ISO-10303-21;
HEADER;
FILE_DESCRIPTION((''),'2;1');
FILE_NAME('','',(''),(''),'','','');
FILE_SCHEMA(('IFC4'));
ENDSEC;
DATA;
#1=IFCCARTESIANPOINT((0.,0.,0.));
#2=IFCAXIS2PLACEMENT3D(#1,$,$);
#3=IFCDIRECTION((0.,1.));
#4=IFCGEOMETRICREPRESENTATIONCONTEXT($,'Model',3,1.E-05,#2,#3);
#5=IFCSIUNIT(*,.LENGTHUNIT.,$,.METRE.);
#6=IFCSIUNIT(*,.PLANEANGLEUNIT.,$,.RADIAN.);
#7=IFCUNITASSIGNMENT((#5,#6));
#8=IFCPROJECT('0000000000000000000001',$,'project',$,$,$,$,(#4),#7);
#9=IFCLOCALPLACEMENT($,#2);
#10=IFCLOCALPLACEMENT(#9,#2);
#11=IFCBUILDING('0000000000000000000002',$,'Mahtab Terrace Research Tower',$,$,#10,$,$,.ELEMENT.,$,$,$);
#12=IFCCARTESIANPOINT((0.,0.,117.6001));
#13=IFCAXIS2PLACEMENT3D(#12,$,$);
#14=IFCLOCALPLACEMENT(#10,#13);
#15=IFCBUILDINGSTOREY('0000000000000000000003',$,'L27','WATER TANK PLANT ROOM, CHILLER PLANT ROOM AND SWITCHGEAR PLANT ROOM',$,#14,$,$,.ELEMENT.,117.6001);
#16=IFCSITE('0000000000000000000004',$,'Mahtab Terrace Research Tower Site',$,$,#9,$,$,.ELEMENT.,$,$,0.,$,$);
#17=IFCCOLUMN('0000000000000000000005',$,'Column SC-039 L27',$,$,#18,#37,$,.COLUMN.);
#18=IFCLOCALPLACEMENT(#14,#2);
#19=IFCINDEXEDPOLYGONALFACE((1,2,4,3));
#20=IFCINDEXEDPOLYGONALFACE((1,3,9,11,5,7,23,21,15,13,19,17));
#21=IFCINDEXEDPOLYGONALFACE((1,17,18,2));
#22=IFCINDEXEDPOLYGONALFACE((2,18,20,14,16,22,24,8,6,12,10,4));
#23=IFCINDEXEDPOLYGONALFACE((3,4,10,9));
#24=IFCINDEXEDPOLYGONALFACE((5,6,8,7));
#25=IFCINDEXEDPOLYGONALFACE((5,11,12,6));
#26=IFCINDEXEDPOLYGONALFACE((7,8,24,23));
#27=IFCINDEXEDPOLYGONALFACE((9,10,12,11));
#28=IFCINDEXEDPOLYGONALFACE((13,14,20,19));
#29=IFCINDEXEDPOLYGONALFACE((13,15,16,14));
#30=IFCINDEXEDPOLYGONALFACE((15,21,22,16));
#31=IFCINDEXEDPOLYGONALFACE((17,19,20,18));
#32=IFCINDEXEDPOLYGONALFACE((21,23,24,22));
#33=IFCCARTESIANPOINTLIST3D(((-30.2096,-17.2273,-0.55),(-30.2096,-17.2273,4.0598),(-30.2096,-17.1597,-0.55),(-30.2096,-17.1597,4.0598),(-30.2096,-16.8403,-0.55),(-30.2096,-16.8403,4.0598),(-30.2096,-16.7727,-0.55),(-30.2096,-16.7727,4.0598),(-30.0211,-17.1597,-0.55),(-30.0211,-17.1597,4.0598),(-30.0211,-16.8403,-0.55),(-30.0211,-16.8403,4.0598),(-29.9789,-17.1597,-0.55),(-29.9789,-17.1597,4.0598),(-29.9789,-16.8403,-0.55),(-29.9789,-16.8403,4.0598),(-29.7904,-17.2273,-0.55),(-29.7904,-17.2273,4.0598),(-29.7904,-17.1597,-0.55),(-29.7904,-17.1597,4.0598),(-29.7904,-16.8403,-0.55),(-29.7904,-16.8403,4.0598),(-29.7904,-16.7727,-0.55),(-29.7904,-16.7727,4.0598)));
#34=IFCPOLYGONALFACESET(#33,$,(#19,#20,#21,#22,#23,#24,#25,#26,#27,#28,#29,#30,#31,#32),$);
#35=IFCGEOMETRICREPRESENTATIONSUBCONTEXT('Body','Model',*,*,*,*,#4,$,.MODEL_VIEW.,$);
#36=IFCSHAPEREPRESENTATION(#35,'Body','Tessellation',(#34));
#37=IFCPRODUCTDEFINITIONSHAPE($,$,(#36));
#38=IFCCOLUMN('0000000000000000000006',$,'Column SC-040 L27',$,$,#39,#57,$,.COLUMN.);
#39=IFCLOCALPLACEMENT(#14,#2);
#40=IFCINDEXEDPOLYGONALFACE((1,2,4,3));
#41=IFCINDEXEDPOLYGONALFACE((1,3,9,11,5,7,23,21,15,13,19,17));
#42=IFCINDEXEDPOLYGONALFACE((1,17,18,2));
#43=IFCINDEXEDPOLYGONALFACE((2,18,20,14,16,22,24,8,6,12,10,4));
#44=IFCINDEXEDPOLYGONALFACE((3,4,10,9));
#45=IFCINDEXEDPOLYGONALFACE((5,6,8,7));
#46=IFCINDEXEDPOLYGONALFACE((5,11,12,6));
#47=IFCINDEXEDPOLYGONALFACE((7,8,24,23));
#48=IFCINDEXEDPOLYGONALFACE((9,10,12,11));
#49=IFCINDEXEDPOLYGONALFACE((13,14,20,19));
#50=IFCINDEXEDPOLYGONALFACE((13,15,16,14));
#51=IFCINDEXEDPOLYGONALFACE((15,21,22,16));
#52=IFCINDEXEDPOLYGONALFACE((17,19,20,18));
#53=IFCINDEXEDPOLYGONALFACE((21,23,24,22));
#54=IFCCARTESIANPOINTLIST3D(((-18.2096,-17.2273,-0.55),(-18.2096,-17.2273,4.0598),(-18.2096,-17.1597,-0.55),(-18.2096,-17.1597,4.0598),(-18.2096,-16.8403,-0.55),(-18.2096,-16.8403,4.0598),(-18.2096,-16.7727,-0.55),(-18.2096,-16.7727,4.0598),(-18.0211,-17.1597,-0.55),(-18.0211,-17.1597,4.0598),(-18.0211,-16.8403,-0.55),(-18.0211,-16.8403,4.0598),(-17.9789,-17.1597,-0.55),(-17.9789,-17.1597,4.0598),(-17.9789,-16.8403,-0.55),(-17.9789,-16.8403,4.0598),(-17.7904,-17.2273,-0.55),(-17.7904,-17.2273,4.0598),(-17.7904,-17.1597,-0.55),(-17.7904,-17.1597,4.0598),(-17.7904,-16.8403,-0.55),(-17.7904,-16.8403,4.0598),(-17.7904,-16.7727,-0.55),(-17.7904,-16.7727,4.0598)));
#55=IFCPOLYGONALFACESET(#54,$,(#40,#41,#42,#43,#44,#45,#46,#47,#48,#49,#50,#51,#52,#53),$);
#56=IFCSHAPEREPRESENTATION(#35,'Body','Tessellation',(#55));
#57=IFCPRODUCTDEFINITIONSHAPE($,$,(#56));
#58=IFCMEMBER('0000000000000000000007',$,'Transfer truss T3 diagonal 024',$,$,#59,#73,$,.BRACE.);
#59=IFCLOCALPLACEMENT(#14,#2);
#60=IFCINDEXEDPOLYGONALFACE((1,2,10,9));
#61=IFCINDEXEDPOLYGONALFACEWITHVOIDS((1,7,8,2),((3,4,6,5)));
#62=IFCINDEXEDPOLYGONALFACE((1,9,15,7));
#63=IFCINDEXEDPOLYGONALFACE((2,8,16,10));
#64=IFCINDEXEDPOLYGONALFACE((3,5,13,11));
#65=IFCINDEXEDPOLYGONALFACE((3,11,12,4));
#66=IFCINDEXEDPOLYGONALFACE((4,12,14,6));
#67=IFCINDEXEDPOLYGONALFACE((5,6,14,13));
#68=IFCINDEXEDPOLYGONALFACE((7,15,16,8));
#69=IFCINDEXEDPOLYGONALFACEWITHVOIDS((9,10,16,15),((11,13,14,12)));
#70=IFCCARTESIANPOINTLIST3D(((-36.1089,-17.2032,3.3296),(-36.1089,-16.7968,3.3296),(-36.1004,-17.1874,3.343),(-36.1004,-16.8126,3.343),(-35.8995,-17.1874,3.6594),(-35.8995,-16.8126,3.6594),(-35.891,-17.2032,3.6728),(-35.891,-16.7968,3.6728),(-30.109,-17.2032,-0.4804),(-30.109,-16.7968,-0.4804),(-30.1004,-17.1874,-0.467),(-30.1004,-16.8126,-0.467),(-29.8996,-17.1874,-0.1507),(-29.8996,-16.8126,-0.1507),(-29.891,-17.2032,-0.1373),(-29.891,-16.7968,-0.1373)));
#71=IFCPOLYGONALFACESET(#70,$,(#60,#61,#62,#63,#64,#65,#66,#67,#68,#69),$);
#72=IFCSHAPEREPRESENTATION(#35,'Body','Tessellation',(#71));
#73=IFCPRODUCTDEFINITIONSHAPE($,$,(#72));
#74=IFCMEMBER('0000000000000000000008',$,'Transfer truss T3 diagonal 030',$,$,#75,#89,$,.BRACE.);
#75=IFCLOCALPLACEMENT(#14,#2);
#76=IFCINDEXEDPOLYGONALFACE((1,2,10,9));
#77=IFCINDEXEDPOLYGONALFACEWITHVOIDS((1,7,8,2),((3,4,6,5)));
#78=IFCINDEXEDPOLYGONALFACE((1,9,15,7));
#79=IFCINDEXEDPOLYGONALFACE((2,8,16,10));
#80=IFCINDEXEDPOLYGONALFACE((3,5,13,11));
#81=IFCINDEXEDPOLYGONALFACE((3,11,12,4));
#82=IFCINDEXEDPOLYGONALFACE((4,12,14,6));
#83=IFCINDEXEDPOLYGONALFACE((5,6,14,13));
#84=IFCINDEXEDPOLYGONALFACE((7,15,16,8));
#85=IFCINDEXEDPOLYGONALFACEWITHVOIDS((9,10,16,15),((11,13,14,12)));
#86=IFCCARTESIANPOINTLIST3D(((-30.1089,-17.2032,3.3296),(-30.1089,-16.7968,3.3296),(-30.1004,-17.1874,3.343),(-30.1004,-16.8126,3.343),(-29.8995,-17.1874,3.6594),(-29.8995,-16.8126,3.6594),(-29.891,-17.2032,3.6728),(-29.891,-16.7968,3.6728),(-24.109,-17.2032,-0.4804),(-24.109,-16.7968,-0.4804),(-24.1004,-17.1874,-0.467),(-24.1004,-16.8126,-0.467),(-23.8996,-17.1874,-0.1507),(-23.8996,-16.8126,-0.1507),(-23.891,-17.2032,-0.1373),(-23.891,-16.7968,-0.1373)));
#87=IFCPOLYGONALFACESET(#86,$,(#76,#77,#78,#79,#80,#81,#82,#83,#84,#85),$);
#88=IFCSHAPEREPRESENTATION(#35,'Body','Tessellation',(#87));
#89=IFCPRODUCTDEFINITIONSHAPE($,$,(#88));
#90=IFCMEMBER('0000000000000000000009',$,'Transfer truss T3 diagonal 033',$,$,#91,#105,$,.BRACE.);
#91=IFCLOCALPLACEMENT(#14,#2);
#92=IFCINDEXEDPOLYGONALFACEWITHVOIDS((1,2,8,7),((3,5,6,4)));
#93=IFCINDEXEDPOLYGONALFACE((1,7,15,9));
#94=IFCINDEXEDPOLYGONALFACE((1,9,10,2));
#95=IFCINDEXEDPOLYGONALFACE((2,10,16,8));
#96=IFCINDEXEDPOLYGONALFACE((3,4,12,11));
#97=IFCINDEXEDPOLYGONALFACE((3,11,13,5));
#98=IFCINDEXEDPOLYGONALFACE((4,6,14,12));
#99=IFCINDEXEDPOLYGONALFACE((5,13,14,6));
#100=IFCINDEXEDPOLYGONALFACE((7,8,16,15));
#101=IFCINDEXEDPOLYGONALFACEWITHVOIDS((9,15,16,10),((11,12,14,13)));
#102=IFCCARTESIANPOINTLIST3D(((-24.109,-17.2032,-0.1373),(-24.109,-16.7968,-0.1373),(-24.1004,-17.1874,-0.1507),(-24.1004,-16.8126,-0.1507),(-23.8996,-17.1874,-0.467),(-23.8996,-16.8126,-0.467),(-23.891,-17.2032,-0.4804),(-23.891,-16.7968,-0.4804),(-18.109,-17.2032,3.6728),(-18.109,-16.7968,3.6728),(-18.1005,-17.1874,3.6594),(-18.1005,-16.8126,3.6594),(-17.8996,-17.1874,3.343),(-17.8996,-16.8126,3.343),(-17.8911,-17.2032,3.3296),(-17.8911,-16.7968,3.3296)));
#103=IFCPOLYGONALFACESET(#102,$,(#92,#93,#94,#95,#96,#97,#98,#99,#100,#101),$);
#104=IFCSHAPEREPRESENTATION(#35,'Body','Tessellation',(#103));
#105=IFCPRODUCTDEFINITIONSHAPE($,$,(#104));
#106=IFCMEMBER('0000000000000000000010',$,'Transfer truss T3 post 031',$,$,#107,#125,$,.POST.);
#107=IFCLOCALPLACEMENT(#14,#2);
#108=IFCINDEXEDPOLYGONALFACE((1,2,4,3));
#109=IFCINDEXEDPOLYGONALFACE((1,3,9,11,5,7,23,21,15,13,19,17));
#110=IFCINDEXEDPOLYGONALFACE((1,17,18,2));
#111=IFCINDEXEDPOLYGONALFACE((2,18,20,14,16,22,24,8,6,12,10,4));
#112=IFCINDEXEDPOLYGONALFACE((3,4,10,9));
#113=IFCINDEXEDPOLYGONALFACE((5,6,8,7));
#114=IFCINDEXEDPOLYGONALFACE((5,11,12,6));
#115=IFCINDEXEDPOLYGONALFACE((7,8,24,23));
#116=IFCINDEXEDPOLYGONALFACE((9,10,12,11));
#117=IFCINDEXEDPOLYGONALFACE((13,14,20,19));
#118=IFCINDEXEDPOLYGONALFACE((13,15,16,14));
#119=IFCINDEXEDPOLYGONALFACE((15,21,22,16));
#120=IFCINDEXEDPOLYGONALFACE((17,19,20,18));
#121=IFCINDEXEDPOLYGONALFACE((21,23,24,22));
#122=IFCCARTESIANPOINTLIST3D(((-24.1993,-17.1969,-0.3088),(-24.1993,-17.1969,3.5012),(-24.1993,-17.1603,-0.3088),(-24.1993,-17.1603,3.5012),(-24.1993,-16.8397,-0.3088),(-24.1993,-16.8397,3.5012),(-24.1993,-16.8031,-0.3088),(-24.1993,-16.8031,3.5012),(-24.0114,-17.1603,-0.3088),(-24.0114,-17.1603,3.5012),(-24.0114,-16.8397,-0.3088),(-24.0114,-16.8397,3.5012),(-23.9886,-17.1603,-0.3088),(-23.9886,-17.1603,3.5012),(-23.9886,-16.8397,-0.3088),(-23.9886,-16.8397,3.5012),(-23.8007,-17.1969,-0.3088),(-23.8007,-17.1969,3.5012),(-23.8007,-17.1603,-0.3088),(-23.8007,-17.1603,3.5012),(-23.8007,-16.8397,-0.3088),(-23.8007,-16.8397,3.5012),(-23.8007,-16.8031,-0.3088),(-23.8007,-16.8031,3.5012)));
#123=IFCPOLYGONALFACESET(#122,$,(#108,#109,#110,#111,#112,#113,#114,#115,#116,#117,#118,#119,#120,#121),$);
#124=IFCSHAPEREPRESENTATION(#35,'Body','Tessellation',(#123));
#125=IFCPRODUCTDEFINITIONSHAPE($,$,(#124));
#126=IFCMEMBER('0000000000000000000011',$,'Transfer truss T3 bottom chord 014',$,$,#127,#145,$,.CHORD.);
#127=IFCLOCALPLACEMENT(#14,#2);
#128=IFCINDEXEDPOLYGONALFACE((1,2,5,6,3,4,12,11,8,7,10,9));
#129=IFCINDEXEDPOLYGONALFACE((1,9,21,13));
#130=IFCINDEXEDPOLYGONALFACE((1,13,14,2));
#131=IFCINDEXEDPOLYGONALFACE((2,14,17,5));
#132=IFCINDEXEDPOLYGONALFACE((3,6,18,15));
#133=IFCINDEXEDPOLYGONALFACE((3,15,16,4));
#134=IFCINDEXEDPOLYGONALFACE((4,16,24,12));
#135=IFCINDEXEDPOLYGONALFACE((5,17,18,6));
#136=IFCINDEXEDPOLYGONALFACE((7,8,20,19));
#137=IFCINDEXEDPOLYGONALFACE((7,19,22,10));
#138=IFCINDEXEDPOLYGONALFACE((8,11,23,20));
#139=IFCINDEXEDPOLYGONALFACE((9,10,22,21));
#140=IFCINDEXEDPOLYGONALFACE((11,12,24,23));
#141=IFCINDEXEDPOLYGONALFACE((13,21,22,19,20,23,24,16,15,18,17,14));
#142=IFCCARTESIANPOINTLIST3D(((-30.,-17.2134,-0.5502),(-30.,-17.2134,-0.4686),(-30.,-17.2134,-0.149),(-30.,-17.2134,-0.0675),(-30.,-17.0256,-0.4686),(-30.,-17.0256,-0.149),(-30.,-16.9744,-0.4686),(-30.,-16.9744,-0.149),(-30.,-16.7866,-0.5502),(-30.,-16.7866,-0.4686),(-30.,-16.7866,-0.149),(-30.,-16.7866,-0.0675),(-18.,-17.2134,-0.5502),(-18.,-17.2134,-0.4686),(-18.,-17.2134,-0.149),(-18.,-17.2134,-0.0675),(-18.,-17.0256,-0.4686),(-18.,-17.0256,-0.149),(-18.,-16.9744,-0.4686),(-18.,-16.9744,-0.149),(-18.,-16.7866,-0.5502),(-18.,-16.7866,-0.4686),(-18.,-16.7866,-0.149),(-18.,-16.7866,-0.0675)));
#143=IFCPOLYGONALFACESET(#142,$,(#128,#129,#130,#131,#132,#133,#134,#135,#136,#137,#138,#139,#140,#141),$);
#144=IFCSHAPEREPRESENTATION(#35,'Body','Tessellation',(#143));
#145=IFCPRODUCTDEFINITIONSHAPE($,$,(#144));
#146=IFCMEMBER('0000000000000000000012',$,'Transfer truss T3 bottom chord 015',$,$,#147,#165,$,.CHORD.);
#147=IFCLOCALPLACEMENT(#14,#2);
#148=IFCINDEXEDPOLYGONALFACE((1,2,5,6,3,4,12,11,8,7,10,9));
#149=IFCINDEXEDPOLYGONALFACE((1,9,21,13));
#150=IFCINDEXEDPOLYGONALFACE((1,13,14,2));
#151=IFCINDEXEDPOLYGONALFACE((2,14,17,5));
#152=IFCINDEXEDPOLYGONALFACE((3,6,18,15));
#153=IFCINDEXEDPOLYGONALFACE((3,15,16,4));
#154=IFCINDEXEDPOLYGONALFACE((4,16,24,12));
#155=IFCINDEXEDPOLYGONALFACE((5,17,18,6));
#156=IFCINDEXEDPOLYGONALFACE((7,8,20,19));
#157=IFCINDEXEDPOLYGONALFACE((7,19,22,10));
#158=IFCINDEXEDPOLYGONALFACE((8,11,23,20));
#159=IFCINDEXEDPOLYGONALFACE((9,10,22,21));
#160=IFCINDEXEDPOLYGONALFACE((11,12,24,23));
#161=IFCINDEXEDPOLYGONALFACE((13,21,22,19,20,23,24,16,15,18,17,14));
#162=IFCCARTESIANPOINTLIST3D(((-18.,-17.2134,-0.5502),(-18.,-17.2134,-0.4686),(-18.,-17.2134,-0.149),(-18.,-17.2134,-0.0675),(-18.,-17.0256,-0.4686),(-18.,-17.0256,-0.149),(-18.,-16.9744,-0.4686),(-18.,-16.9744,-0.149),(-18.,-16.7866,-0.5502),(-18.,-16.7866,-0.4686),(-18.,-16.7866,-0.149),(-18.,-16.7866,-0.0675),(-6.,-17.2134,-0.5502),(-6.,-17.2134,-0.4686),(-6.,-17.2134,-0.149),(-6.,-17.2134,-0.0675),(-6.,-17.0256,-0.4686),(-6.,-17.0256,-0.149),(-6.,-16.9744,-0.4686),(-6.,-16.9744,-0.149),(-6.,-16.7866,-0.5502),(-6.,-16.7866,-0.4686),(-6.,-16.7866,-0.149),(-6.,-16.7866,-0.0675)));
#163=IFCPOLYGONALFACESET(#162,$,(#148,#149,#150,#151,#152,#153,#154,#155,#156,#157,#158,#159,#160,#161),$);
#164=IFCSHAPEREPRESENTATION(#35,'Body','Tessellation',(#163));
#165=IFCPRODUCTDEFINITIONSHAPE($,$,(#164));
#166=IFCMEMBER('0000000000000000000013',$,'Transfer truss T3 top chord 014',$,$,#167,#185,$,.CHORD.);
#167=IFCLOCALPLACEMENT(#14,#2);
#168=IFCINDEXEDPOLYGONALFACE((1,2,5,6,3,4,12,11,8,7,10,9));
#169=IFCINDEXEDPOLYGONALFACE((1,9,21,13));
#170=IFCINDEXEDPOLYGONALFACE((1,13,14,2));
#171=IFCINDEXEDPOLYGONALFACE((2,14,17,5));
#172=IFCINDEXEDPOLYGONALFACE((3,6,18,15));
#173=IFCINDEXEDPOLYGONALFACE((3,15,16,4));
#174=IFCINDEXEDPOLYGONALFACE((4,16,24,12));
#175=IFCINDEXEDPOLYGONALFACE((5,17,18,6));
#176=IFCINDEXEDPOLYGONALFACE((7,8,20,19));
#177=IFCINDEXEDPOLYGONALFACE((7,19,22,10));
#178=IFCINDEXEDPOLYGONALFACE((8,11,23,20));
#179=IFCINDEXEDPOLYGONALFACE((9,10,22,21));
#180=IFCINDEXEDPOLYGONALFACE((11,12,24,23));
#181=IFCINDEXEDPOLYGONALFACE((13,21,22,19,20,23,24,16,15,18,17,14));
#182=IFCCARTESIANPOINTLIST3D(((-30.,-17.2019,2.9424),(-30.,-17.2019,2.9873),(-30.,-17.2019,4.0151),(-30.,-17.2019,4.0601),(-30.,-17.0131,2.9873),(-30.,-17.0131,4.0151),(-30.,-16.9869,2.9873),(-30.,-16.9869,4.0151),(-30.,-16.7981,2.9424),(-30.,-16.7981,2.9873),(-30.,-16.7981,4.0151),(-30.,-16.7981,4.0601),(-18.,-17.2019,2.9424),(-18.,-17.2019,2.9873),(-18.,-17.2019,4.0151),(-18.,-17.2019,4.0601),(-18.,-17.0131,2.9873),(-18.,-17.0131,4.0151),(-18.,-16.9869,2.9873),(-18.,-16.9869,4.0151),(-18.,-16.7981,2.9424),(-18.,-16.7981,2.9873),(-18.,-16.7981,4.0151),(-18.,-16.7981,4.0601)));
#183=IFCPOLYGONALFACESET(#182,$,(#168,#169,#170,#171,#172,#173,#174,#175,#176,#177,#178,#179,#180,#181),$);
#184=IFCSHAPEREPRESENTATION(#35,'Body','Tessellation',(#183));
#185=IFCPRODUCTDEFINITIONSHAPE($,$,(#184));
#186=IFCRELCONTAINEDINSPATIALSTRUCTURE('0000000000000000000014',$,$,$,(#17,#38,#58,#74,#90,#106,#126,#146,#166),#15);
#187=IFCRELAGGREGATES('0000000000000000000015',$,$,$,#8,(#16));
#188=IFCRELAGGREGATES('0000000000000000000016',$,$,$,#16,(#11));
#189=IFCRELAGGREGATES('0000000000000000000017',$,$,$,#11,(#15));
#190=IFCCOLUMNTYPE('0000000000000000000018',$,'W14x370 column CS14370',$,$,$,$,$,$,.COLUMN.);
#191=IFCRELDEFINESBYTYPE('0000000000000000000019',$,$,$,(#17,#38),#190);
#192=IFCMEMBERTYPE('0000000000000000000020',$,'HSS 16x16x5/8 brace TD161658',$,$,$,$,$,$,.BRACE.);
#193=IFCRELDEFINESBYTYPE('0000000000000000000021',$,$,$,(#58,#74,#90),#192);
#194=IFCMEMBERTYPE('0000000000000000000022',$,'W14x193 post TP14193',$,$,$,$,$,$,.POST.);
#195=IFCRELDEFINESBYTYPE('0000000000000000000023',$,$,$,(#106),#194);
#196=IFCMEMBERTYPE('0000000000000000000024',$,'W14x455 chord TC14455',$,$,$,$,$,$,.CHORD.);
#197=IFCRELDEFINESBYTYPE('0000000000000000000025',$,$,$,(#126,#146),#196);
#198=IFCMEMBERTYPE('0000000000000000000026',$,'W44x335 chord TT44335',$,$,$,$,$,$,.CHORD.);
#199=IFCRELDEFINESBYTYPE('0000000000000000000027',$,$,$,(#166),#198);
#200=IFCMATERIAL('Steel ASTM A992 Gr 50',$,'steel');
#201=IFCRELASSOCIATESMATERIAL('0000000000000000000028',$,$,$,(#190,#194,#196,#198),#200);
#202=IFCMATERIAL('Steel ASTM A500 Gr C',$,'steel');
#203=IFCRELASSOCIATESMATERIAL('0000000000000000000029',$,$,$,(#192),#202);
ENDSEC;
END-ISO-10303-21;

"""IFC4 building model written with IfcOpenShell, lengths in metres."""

from ifc_helpers import new_model, si_unit, direction, frame, origin, origin_2d, place, context, subcontext, project, spatial, hollow_rectangle, i_section, extrude, material, material_profile, profile_set, type_object, element, save


model = new_model("IFC4")

# Units and contexts
model_context = context("Model", 3, precision=1e-05, world=origin(), true_north=direction((0.0, 1.0)))
body_context = subcontext(model_context, "Body", "Model", "MODEL_VIEW")
ifc_project = project(units=[si_unit("LENGTHUNIT", "METRE"), si_unit("PLANEANGLEUNIT", "RADIAN")], contexts=[model_context])

# Site, building, storey
site_placement = place(None, origin())
site = spatial("IfcSite", under=ifc_project, at=site_placement, Name="Mahtab Terrace Research Tower Site", CompositionType="ELEMENT", RefElevation=0.0)
building_placement = place(site_placement, origin())
building = spatial("IfcBuilding", under=site, at=building_placement, Name="Mahtab Terrace Research Tower", CompositionType="ELEMENT")
storey_placement = place(building_placement, frame((0.0, 0.0, 117.6001)))
storey = spatial("IfcBuildingStorey", under=building, at=storey_placement, Name="L27", Description="WATER TANK PLANT ROOM, CHILLER PLANT ROOM AND SWITCHGEAR PLANT ROOM", CompositionType="ELEMENT", Elevation=117.6001)

# Columns
ifc_material_1 = material(Name="Steel ASTM A992 Gr 50", Category="steel")
ifc_material_profile_1 = material_profile(ifc_material_1, i_section(OverallWidth=0.4192, OverallDepth=0.4546, WebThickness=0.0422, FlangeThickness=0.0676, at=origin_2d()), Name="W14X370")
ifc_profile_set_1 = profile_set([ifc_material_profile_1], Name="Steel ASTM A992 Gr 50")
column_type = type_object("IfcColumnType", Name="W14x370 column CS14370", PredefinedType="COLUMN", material=ifc_profile_set_1)
for number, where, z_axis, x_axis, name in (
    (1, (-30.0, -17.0, -0.55), (0.0, 0.0, 1.0), (1.0, 0.0, 0.0), "Column SC-039 L27"),
    (2, (-18.0, -17.0, -0.55), (0.0, 0.0, 1.0), (1.0, 0.0, 0.0), "Column SC-040 L27"),
):
    element("IfcColumn", number, at=place(storey_placement, frame(where, z_axis=z_axis, x_axis=x_axis)), inside=storey, type_object=column_type, Name=name, PredefinedType="COLUMN", context=body_context, shape_type="SweptSolid", body=[
        extrude(i_section(OverallWidth=0.4192, OverallDepth=0.4546, WebThickness=0.0422, FlangeThickness=0.0676, at=origin_2d()), origin(), (0.0, 0.0, 1.0), 4.6099),
    ])

# Members
ifc_material_2 = material(Name="Steel ASTM A500 Gr C", Category="steel")
ifc_material_profile_2 = material_profile(ifc_material_2, hollow_rectangle(XDim=0.4065, YDim=0.4065, WallThickness=0.0159, at=origin_2d()), Name="HSS16X16X5/8")
ifc_profile_set_2 = profile_set([ifc_material_profile_2], Name="Steel ASTM A500 Gr C")
member_type_1 = type_object("IfcMemberType", Name="HSS 16x16x5/8 brace TD161658", PredefinedType="BRACE", material=ifc_profile_set_2)
for number, where, z_axis, x_axis, name in (
    (3, (-30.0, -17.0, -0.3088), (-0.844179, 0.0, 0.536062), (0.0, -1.0, 0.0), "Transfer truss T3 diagonal 024"),
    (4, (-24.0, -17.0, -0.3088), (-0.844179, 0.0, 0.536062), (0.0, -1.0, 0.0), "Transfer truss T3 diagonal 030"),
    (5, (-24.0, -17.0, -0.3088), (0.844179, 0.0, 0.536062), (0.0, 1.0, 0.0), "Transfer truss T3 diagonal 033"),
):
    element("IfcMember", number, at=place(storey_placement, frame(where, z_axis=z_axis, x_axis=x_axis)), inside=storey, type_object=member_type_1, Name=name, PredefinedType="BRACE", context=body_context, shape_type="SweptSolid", body=[
        extrude(hollow_rectangle(XDim=0.4065, YDim=0.4065, WallThickness=0.0159, at=origin_2d()), origin(), (0.0, 0.0, 1.0), 7.1074),
    ])
ifc_material_profile_3 = material_profile(ifc_material_1, i_section(OverallWidth=0.3987, OverallDepth=0.3938, WebThickness=0.0227, FlangeThickness=0.0366, at=origin_2d()), Name="W14X193")
ifc_profile_set_3 = profile_set([ifc_material_profile_3], Name="Steel ASTM A992 Gr 50")
member_type_2 = type_object("IfcMemberType", Name="W14x193 post TP14193", PredefinedType="POST", material=ifc_profile_set_3)
member_placement = place(storey_placement, frame((-24.0, -17.0, -0.3088), z_axis=(0.0, 0.0, 1.0), x_axis=(1.0, 0.0, 0.0)))
element("IfcMember", 6, at=member_placement, inside=storey, type_object=member_type_2, Name="Transfer truss T3 post 031", PredefinedType="POST", context=body_context, shape_type="SweptSolid", body=[
    extrude(i_section(OverallWidth=0.3987, OverallDepth=0.3938, WebThickness=0.0227, FlangeThickness=0.0366, at=origin_2d()), origin(), (0.0, 0.0, 1.0), 3.8101),
])
ifc_material_profile_4 = material_profile(ifc_material_1, i_section(OverallWidth=0.4268, OverallDepth=0.4827, WebThickness=0.0513, FlangeThickness=0.0815, at=origin_2d()), Name="W14X455")
ifc_profile_set_4 = profile_set([ifc_material_profile_4], Name="Steel ASTM A992 Gr 50")
member_type_3 = type_object("IfcMemberType", Name="W14x455 chord TC14455", PredefinedType="CHORD", material=ifc_profile_set_4)
for number, where, z_axis, x_axis, name in (
    (7, (-30.0, -17.0, -0.3088), (1.0, 0.0, 0.0), (0.0, 1.0, 0.0), "Transfer truss T3 bottom chord 014"),
    (8, (-18.0, -17.0, -0.3088), (1.0, 0.0, 0.0), (0.0, 1.0, 0.0), "Transfer truss T3 bottom chord 015"),
):
    element("IfcMember", number, at=place(storey_placement, frame(where, z_axis=z_axis, x_axis=x_axis)), inside=storey, type_object=member_type_3, Name=name, PredefinedType="CHORD", context=body_context, shape_type="SweptSolid", body=[
        extrude(i_section(OverallWidth=0.4268, OverallDepth=0.4827, WebThickness=0.0513, FlangeThickness=0.0815, at=origin_2d()), origin(), (0.0, 0.0, 1.0), 12.0),
    ])
ifc_material_profile_5 = material_profile(ifc_material_1, i_section(OverallWidth=0.4038, OverallDepth=1.1177, WebThickness=0.0261, FlangeThickness=0.0449, at=origin_2d()), Name="W44X335")
ifc_profile_set_5 = profile_set([ifc_material_profile_5], Name="Steel ASTM A992 Gr 50")
member_type_4 = type_object("IfcMemberType", Name="W44x335 chord TT44335", PredefinedType="CHORD", material=ifc_profile_set_5)
for number, where, z_axis, x_axis, name in (
    (9, (-30.0, -17.0, 3.5012), (1.0, 0.0, 0.0), (0.0, 1.0, 0.0), "Transfer truss T3 top chord 014"),
):
    element("IfcMember", number, at=place(storey_placement, frame(where, z_axis=z_axis, x_axis=x_axis)), inside=storey, type_object=member_type_4, Name=name, PredefinedType="CHORD", context=body_context, shape_type="SweptSolid", body=[
        extrude(i_section(OverallWidth=0.4038, OverallDepth=1.1177, WebThickness=0.0261, FlangeThickness=0.0449, at=origin_2d()), origin(), (0.0, 0.0, 1.0), 12.0),
    ])

save(model, "model.ifc")
